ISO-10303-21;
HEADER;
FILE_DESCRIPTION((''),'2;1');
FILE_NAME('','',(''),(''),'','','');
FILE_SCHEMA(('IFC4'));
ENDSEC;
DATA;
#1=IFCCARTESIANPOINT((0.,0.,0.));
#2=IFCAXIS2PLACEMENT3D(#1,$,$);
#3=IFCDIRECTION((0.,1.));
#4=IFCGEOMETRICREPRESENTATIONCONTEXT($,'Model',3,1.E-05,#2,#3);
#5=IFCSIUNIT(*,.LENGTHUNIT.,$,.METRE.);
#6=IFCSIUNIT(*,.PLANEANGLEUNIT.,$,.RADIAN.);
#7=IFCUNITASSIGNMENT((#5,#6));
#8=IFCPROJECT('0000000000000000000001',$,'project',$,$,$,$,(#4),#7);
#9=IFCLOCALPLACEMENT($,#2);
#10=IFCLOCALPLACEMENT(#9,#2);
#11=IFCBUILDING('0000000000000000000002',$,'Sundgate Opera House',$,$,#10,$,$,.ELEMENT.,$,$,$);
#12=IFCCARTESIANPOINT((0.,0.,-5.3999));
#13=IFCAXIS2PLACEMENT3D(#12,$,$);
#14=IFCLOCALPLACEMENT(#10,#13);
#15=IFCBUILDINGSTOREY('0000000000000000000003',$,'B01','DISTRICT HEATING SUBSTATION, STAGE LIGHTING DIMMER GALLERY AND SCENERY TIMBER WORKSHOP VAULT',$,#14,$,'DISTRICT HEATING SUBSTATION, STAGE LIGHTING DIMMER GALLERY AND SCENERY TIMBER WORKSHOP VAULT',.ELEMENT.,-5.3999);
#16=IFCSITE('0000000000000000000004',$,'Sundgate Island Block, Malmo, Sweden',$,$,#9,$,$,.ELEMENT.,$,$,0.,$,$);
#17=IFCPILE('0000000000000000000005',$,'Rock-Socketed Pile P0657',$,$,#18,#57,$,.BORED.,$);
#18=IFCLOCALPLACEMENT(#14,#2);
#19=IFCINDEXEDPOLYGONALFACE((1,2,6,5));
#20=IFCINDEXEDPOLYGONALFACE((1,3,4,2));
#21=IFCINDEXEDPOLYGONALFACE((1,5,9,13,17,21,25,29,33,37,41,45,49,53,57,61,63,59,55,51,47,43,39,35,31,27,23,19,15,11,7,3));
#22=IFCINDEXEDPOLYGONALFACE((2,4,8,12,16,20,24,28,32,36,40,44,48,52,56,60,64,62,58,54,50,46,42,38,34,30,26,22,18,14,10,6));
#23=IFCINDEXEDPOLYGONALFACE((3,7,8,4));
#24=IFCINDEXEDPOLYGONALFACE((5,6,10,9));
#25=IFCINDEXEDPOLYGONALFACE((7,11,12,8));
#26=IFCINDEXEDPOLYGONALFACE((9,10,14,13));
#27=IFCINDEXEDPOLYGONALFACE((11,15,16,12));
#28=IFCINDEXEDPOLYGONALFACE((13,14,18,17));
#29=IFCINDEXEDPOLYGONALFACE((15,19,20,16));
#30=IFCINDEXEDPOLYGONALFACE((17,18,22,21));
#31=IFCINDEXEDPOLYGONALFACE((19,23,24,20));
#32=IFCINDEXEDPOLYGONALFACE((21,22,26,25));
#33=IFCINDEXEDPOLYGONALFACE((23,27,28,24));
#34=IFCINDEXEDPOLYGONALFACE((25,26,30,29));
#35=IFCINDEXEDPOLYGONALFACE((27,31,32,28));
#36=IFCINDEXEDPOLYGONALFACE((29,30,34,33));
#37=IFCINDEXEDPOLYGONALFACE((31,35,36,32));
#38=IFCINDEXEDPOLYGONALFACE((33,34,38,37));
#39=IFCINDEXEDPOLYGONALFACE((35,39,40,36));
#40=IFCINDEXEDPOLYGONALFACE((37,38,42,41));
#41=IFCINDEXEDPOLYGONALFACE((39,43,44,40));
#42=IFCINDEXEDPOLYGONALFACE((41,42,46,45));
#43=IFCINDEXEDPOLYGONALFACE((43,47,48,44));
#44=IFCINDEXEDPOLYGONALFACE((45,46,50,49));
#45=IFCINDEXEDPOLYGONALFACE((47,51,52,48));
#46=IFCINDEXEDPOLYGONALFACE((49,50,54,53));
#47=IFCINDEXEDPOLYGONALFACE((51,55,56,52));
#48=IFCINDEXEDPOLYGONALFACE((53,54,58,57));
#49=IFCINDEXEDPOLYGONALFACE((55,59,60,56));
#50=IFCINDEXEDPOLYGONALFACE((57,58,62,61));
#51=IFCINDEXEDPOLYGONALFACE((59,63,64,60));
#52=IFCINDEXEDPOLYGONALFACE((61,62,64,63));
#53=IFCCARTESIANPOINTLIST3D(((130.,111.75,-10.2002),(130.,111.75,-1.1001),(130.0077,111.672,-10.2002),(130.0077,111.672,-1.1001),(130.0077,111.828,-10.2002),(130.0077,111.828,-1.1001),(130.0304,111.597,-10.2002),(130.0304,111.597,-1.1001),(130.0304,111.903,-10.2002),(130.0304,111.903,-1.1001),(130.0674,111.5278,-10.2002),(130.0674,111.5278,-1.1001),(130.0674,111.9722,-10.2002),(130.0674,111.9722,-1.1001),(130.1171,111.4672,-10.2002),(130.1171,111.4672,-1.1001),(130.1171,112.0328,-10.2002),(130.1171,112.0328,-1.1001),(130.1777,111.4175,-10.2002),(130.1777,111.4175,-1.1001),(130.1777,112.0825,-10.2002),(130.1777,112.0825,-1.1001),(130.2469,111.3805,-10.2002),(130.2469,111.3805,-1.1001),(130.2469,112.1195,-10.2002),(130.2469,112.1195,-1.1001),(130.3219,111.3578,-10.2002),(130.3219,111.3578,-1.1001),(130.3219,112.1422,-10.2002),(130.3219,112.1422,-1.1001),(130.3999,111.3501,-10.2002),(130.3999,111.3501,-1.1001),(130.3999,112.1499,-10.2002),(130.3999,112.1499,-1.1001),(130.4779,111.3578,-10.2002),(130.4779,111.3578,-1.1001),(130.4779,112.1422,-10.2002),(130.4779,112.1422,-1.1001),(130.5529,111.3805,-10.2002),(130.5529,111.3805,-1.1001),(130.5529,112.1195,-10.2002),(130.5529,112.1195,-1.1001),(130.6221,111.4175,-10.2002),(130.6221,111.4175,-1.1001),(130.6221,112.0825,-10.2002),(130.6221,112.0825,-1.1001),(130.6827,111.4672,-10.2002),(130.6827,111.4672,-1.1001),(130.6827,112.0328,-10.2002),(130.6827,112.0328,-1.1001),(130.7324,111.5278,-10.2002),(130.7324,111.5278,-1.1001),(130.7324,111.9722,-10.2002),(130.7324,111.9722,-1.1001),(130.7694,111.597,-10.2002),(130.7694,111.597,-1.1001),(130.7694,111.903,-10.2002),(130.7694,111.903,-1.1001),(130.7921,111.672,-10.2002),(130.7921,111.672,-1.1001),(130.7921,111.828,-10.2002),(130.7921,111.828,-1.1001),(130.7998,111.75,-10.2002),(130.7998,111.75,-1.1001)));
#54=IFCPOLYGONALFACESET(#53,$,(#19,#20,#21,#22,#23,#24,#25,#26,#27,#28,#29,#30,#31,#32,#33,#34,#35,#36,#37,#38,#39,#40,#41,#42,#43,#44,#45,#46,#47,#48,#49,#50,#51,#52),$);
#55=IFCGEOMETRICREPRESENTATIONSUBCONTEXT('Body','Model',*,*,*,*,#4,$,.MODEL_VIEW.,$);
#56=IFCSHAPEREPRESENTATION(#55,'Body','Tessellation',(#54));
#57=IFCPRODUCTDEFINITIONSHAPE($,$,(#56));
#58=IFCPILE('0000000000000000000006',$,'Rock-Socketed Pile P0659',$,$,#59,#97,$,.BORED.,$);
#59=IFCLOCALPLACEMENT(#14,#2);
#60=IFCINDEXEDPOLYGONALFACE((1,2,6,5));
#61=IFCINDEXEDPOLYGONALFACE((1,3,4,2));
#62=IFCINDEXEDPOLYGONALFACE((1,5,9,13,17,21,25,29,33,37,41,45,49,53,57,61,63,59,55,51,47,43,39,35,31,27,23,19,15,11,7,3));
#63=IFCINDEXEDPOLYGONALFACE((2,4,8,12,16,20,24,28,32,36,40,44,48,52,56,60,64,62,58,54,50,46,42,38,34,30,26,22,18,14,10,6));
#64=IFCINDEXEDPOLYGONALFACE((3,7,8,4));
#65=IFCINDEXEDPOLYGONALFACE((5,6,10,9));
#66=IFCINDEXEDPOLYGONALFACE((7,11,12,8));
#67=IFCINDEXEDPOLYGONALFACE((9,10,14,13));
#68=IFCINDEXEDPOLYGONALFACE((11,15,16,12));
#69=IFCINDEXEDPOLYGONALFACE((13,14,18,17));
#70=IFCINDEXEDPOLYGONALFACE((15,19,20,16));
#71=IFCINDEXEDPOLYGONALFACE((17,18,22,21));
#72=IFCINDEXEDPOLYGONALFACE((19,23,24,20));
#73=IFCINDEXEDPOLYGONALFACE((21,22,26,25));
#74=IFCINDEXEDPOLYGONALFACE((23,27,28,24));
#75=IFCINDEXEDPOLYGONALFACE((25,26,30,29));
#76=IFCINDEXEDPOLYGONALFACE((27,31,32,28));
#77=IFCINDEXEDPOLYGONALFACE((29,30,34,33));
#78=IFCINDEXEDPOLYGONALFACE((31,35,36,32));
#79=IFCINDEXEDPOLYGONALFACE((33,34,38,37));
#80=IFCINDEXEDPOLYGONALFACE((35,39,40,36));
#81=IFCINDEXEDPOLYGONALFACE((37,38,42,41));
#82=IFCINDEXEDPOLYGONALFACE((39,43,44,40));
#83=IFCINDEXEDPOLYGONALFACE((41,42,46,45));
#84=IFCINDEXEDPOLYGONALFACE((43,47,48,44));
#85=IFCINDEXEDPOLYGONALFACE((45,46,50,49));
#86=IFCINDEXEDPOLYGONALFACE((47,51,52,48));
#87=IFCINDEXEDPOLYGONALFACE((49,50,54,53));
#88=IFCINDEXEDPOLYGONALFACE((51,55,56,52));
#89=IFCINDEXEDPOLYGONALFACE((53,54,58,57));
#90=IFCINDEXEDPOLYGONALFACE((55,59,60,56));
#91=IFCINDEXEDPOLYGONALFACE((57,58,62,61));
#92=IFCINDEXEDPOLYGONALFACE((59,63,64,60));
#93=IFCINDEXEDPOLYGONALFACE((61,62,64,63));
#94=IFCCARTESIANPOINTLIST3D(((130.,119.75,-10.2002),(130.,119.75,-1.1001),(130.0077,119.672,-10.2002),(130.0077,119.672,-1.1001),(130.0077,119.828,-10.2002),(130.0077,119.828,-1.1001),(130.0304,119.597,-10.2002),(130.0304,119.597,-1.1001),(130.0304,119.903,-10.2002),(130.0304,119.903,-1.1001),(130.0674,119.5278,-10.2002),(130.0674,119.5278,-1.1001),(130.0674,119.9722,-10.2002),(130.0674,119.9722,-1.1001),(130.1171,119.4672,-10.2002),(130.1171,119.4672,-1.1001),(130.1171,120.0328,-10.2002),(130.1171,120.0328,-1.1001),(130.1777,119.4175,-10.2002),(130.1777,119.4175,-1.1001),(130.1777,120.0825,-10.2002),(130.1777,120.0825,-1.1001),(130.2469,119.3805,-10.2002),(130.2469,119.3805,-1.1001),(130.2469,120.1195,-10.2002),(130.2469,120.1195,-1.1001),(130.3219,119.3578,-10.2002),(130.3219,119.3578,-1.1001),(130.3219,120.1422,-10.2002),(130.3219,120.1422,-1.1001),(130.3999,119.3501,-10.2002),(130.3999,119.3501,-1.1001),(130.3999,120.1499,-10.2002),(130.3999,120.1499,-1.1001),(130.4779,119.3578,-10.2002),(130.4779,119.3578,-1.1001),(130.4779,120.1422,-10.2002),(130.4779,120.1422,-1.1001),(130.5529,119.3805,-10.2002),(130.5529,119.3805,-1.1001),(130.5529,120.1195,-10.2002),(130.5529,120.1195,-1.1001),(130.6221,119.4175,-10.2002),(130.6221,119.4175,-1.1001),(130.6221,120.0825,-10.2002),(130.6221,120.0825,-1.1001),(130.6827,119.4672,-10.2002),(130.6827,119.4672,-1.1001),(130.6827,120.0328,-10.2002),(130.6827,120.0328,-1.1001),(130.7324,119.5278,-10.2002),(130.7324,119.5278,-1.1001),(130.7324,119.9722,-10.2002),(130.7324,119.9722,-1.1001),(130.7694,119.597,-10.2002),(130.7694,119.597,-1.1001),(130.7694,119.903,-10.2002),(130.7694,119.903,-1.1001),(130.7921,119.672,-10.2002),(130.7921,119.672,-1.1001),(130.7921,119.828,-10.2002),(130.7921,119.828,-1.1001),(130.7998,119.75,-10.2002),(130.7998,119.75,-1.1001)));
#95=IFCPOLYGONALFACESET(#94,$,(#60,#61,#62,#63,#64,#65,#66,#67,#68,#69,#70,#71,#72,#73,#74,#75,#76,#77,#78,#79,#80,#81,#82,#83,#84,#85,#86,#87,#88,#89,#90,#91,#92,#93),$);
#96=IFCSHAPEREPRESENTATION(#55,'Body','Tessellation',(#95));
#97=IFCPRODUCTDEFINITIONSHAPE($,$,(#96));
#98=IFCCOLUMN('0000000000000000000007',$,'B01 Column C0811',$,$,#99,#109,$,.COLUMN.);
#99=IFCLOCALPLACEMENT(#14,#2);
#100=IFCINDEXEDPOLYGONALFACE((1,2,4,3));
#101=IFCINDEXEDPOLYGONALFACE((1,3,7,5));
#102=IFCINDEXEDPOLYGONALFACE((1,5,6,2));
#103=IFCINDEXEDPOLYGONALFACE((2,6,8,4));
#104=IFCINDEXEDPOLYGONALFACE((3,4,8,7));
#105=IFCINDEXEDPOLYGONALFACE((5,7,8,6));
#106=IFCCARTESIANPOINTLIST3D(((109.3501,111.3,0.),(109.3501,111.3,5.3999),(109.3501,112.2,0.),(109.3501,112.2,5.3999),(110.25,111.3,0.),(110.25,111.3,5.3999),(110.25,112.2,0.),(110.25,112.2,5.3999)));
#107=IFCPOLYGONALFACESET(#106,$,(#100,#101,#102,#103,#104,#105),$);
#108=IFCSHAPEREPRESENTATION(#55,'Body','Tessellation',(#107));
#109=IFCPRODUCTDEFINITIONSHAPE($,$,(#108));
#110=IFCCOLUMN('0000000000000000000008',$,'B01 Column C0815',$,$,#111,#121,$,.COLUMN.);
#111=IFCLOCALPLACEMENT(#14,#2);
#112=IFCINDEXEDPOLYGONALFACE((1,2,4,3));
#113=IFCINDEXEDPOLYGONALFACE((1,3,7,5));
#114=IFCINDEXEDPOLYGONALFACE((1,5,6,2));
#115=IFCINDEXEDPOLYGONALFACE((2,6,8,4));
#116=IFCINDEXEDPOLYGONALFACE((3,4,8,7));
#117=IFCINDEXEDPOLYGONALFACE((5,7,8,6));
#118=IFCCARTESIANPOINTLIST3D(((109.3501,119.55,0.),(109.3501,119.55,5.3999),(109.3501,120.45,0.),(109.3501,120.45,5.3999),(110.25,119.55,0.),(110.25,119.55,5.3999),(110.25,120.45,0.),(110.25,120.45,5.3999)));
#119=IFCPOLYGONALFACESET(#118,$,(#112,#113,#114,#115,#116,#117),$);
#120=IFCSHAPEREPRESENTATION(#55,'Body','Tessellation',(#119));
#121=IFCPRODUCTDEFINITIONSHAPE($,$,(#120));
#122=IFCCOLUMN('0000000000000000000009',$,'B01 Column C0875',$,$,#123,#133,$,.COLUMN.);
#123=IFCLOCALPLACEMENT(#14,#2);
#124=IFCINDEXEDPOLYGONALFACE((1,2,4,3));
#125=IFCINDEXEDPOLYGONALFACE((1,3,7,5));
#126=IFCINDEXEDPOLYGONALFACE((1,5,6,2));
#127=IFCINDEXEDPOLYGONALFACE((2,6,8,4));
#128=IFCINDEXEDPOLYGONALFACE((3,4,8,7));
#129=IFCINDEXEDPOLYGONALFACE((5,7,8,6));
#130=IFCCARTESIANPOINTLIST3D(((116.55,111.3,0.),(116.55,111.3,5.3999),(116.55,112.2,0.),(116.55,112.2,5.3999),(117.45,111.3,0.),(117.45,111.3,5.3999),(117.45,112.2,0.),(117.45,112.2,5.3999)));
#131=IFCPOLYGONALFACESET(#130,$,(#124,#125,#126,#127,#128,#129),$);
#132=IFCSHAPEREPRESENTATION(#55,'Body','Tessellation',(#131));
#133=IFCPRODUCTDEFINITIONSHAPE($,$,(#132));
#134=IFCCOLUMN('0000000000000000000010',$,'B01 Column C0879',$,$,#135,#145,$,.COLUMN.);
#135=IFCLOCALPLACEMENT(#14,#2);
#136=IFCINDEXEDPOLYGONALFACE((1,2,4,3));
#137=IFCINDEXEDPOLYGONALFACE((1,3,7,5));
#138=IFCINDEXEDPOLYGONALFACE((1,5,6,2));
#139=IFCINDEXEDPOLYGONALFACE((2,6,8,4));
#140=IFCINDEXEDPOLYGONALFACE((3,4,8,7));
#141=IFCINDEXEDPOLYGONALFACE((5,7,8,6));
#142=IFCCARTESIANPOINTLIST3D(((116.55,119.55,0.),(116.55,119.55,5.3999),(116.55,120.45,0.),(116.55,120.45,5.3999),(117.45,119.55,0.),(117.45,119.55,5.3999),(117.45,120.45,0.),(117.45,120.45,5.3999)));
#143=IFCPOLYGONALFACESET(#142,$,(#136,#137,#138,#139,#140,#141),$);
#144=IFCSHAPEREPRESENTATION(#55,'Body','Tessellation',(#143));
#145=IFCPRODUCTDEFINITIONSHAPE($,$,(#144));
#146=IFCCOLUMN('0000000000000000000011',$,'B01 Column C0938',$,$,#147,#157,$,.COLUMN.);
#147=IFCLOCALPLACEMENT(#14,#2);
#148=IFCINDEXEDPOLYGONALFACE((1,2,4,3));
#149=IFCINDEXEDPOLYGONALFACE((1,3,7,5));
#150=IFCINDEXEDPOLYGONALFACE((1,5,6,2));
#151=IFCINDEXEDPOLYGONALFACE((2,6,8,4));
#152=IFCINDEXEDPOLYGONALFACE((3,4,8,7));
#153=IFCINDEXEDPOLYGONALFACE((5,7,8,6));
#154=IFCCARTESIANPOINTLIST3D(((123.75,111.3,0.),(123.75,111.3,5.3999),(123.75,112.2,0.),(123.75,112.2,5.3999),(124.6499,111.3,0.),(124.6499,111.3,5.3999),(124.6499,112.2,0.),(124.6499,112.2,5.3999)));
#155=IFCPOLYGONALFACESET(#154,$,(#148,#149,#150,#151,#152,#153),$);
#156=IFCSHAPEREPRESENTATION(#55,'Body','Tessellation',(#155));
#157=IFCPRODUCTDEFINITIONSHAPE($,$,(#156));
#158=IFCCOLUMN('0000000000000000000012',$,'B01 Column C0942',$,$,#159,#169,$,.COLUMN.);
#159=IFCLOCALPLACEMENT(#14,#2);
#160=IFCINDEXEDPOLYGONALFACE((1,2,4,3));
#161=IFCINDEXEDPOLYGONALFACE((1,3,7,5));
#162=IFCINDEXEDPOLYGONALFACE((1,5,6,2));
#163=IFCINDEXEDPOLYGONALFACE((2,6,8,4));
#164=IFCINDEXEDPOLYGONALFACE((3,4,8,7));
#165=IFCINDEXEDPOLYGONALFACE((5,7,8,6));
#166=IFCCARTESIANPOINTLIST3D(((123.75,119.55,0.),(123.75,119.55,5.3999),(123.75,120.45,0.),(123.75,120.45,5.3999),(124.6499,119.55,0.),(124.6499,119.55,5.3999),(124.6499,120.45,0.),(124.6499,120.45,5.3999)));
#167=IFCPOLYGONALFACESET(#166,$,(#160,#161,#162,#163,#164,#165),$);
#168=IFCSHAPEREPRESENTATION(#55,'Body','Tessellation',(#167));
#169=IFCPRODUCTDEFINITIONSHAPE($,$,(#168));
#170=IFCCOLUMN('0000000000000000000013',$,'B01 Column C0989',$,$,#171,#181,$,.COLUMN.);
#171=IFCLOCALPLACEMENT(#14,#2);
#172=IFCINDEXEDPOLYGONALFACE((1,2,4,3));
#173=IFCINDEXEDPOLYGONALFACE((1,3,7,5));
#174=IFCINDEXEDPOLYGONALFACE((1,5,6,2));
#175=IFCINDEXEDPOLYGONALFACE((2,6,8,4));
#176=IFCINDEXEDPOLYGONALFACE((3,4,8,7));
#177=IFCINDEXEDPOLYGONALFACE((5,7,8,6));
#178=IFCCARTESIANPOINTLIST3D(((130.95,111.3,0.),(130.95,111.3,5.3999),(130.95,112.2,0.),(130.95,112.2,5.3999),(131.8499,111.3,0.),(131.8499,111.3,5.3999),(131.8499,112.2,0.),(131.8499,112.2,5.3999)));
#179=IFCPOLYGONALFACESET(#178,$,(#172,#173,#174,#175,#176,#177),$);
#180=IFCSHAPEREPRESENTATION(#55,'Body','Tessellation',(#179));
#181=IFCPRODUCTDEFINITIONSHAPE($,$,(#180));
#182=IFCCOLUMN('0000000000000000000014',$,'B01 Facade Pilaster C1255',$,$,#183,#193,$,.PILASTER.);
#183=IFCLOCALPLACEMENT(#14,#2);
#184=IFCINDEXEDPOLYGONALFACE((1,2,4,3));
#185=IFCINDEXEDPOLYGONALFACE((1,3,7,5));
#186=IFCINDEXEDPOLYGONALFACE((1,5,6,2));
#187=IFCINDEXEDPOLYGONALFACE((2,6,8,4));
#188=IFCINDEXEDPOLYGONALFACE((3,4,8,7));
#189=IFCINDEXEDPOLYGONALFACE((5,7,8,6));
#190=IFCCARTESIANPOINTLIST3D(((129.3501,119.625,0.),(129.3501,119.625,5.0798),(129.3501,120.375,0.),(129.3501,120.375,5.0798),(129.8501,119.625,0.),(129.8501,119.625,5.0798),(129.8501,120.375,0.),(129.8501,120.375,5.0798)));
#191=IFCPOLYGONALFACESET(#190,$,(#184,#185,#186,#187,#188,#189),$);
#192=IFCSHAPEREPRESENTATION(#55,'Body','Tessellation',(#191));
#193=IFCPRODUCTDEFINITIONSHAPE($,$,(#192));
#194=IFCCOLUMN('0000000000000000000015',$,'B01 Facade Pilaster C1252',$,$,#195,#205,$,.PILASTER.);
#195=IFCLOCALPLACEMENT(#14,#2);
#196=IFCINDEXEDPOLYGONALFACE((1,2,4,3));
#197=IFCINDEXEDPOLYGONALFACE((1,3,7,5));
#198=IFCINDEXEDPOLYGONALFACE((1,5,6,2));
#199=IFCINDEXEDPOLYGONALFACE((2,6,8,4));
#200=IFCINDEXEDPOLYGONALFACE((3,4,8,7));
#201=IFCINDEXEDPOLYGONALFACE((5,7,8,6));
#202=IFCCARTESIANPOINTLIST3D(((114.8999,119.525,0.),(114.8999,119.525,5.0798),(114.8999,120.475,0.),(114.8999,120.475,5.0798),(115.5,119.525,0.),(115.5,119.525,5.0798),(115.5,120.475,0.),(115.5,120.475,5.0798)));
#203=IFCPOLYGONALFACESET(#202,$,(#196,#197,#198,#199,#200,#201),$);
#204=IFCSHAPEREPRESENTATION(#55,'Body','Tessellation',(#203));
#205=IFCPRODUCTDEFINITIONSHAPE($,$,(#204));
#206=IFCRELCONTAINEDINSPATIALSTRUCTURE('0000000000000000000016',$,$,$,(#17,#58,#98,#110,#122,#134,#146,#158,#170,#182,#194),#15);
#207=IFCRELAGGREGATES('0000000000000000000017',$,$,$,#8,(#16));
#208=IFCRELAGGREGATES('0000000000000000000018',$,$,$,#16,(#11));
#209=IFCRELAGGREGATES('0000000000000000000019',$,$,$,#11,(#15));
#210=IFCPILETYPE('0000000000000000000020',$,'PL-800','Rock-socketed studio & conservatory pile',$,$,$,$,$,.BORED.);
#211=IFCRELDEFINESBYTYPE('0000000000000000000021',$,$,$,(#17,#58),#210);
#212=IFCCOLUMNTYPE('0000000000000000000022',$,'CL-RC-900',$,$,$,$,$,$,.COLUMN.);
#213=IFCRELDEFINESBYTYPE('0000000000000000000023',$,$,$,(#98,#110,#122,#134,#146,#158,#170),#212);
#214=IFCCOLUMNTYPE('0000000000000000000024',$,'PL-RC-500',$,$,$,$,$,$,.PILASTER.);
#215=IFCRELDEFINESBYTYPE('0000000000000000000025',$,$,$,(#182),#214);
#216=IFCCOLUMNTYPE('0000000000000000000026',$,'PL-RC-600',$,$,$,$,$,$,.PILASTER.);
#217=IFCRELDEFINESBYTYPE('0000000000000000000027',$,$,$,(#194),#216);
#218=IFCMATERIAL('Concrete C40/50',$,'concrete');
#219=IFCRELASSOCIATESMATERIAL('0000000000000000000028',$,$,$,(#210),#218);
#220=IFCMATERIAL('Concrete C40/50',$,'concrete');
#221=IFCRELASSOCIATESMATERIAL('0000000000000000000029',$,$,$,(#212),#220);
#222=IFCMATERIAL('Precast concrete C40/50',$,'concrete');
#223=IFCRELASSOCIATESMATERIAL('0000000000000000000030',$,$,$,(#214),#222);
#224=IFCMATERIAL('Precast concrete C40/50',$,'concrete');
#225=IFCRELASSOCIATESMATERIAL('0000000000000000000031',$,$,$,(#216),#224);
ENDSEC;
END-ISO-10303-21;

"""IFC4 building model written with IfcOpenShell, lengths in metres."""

from ifc_helpers import new_model, si_unit, direction, frame, origin, origin_2d, place, context, subcontext, project, spatial, rectangle, circle, extrude, material, material_profile, profile_set, type_object, element, save


model = new_model("IFC4")

# Units and contexts
model_context = context("Model", 3, precision=1e-05, world=origin(), true_north=direction((0.0, 1.0)))
body_context = subcontext(model_context, "Body", "Model", "MODEL_VIEW")
ifc_project = project(units=[si_unit("LENGTHUNIT", "METRE"), si_unit("PLANEANGLEUNIT", "RADIAN")], contexts=[model_context])

# Site, building, storey
site_placement = place(None, origin())
site = spatial("IfcSite", under=ifc_project, at=site_placement, Name="Sundgate Island Block, Malmo, Sweden", CompositionType="ELEMENT", RefElevation=0.0)
building_placement = place(site_placement, origin())
building = spatial("IfcBuilding", under=site, at=building_placement, Name="Sundgate Opera House", CompositionType="ELEMENT")
storey_placement = place(building_placement, frame((0.0, 0.0, -5.3999)))
storey = spatial("IfcBuildingStorey", under=building, at=storey_placement, Name="B01", Description="DISTRICT HEATING SUBSTATION, STAGE LIGHTING DIMMER GALLERY AND SCENERY TIMBER WORKSHOP VAULT", LongName="DISTRICT HEATING SUBSTATION, STAGE LIGHTING DIMMER GALLERY AND SCENERY TIMBER WORKSHOP VAULT", CompositionType="ELEMENT", Elevation=-5.3999)

# Piles
ifc_material_1 = material(Name="Concrete C40/50", Category="concrete")
ifc_material_profile_1 = material_profile(ifc_material_1, circle(Radius=0.3999, at=origin_2d()), Name="PILE D800")
ifc_profile_set_1 = profile_set([ifc_material_profile_1], Name="Concrete C40/50")
pile_type = type_object("IfcPileType", Name="PL-800", Description="Rock-socketed studio & conservatory pile", PredefinedType="BORED", material=ifc_profile_set_1)
for number, where, z_axis, x_axis, name in (
    (1, (130.3999, 111.75, -1.1001), (0.0, 0.0, -1.0), (1.0, 0.0, 0.0), "Rock-Socketed Pile P0657"),
    (2, (130.3999, 119.75, -1.1001), (0.0, 0.0, -1.0), (1.0, 0.0, 0.0), "Rock-Socketed Pile P0659"),
):
    element("IfcPile", number, at=place(storey_placement, frame(where, z_axis=z_axis, x_axis=x_axis)), inside=storey, type_object=pile_type, Name=name, PredefinedType="BORED", context=body_context, shape_type="SweptSolid", body=[
        extrude(circle(Radius=0.3999, at=origin_2d()), origin(), (0.0, 0.0, 1.0), 9.1001),
    ])

# Columns
ifc_material_2 = material(Name="Concrete C40/50", Category="concrete")
ifc_material_profile_2 = material_profile(ifc_material_2, rectangle(XDim=0.8999, YDim=0.8999, at=origin_2d()), Name="RC 900x900")
ifc_profile_set_2 = profile_set([ifc_material_profile_2], Name="Concrete C40/50")
column_type_1 = type_object("IfcColumnType", Name="CL-RC-900", PredefinedType="COLUMN", material=ifc_profile_set_2)
for number, where, z_axis, x_axis, name in (
    (3, (109.8, 111.75, 0.0), (0.0, 0.0, 1.0), (1.0, 0.0, 0.0), "B01 Column C0811"),
    (4, (109.8, 120.0, 0.0), (0.0, 0.0, 1.0), (1.0, 0.0, 0.0), "B01 Column C0815"),
    (5, (117.0, 111.75, 0.0), (0.0, 0.0, 1.0), (1.0, 0.0, 0.0), "B01 Column C0875"),
    (6, (117.0, 120.0, 0.0), (0.0, 0.0, 1.0), (1.0, 0.0, 0.0), "B01 Column C0879"),
    (7, (124.2, 111.75, 0.0), (0.0, 0.0, 1.0), (1.0, 0.0, 0.0), "B01 Column C0938"),
    (8, (124.2, 120.0, 0.0), (0.0, 0.0, 1.0), (1.0, 0.0, 0.0), "B01 Column C0942"),
    (9, (131.3999, 111.75, 0.0), (0.0, 0.0, 1.0), (1.0, 0.0, 0.0), "B01 Column C0989"),
):
    element("IfcColumn", number, at=place(storey_placement, frame(where, z_axis=z_axis, x_axis=x_axis)), inside=storey, type_object=column_type_1, Name=name, PredefinedType="COLUMN", context=body_context, shape_type="SweptSolid", body=[
        extrude(rectangle(XDim=0.8999, YDim=0.8999, at=origin_2d()), origin(), (0.0, 0.0, 1.0), 5.3999),
    ])
ifc_material_3 = material(Name="Precast concrete C40/50", Category="concrete")
ifc_material_profile_3 = material_profile(ifc_material_3, rectangle(XDim=0.5, YDim=0.75, at=origin_2d()), Name="RC 500x750")
ifc_profile_set_3 = profile_set([ifc_material_profile_3], Name="Precast concrete C40/50")
column_type_2 = type_object("IfcColumnType", Name="PL-RC-500", PredefinedType="PILASTER", material=ifc_profile_set_3)
column_1_placement = place(storey_placement, frame((129.6001, 120.0, 0.0), z_axis=(0.0, 0.0, 1.0), x_axis=(1.0, 0.0, 0.0)))
element("IfcColumn", 10, at=column_1_placement, inside=storey, type_object=column_type_2, Name="B01 Facade Pilaster C1255", PredefinedType="PILASTER", context=body_context, shape_type="SweptSolid", body=[
    extrude(rectangle(XDim=0.5, YDim=0.75, at=origin_2d()), origin(), (0.0, 0.0, 1.0), 5.0798),
])
ifc_material_4 = material(Name="Precast concrete C40/50", Category="concrete")
ifc_material_profile_4 = material_profile(ifc_material_4, rectangle(XDim=0.6001, YDim=0.95, at=origin_2d()), Name="RC 600x950")
ifc_profile_set_4 = profile_set([ifc_material_profile_4], Name="Precast concrete C40/50")
column_type_3 = type_object("IfcColumnType", Name="PL-RC-600", PredefinedType="PILASTER", material=ifc_profile_set_4)
column_2_placement = place(storey_placement, frame((115.2, 120.0, 0.0), z_axis=(0.0, 0.0, 1.0), x_axis=(1.0, 0.0, 0.0)))
element("IfcColumn", 11, at=column_2_placement, inside=storey, type_object=column_type_3, Name="B01 Facade Pilaster C1252", PredefinedType="PILASTER", context=body_context, shape_type="SweptSolid", body=[
    extrude(rectangle(XDim=0.6001, YDim=0.95, at=origin_2d()), origin(), (0.0, 0.0, 1.0), 5.0798),
])

save(model, "model.ifc")
